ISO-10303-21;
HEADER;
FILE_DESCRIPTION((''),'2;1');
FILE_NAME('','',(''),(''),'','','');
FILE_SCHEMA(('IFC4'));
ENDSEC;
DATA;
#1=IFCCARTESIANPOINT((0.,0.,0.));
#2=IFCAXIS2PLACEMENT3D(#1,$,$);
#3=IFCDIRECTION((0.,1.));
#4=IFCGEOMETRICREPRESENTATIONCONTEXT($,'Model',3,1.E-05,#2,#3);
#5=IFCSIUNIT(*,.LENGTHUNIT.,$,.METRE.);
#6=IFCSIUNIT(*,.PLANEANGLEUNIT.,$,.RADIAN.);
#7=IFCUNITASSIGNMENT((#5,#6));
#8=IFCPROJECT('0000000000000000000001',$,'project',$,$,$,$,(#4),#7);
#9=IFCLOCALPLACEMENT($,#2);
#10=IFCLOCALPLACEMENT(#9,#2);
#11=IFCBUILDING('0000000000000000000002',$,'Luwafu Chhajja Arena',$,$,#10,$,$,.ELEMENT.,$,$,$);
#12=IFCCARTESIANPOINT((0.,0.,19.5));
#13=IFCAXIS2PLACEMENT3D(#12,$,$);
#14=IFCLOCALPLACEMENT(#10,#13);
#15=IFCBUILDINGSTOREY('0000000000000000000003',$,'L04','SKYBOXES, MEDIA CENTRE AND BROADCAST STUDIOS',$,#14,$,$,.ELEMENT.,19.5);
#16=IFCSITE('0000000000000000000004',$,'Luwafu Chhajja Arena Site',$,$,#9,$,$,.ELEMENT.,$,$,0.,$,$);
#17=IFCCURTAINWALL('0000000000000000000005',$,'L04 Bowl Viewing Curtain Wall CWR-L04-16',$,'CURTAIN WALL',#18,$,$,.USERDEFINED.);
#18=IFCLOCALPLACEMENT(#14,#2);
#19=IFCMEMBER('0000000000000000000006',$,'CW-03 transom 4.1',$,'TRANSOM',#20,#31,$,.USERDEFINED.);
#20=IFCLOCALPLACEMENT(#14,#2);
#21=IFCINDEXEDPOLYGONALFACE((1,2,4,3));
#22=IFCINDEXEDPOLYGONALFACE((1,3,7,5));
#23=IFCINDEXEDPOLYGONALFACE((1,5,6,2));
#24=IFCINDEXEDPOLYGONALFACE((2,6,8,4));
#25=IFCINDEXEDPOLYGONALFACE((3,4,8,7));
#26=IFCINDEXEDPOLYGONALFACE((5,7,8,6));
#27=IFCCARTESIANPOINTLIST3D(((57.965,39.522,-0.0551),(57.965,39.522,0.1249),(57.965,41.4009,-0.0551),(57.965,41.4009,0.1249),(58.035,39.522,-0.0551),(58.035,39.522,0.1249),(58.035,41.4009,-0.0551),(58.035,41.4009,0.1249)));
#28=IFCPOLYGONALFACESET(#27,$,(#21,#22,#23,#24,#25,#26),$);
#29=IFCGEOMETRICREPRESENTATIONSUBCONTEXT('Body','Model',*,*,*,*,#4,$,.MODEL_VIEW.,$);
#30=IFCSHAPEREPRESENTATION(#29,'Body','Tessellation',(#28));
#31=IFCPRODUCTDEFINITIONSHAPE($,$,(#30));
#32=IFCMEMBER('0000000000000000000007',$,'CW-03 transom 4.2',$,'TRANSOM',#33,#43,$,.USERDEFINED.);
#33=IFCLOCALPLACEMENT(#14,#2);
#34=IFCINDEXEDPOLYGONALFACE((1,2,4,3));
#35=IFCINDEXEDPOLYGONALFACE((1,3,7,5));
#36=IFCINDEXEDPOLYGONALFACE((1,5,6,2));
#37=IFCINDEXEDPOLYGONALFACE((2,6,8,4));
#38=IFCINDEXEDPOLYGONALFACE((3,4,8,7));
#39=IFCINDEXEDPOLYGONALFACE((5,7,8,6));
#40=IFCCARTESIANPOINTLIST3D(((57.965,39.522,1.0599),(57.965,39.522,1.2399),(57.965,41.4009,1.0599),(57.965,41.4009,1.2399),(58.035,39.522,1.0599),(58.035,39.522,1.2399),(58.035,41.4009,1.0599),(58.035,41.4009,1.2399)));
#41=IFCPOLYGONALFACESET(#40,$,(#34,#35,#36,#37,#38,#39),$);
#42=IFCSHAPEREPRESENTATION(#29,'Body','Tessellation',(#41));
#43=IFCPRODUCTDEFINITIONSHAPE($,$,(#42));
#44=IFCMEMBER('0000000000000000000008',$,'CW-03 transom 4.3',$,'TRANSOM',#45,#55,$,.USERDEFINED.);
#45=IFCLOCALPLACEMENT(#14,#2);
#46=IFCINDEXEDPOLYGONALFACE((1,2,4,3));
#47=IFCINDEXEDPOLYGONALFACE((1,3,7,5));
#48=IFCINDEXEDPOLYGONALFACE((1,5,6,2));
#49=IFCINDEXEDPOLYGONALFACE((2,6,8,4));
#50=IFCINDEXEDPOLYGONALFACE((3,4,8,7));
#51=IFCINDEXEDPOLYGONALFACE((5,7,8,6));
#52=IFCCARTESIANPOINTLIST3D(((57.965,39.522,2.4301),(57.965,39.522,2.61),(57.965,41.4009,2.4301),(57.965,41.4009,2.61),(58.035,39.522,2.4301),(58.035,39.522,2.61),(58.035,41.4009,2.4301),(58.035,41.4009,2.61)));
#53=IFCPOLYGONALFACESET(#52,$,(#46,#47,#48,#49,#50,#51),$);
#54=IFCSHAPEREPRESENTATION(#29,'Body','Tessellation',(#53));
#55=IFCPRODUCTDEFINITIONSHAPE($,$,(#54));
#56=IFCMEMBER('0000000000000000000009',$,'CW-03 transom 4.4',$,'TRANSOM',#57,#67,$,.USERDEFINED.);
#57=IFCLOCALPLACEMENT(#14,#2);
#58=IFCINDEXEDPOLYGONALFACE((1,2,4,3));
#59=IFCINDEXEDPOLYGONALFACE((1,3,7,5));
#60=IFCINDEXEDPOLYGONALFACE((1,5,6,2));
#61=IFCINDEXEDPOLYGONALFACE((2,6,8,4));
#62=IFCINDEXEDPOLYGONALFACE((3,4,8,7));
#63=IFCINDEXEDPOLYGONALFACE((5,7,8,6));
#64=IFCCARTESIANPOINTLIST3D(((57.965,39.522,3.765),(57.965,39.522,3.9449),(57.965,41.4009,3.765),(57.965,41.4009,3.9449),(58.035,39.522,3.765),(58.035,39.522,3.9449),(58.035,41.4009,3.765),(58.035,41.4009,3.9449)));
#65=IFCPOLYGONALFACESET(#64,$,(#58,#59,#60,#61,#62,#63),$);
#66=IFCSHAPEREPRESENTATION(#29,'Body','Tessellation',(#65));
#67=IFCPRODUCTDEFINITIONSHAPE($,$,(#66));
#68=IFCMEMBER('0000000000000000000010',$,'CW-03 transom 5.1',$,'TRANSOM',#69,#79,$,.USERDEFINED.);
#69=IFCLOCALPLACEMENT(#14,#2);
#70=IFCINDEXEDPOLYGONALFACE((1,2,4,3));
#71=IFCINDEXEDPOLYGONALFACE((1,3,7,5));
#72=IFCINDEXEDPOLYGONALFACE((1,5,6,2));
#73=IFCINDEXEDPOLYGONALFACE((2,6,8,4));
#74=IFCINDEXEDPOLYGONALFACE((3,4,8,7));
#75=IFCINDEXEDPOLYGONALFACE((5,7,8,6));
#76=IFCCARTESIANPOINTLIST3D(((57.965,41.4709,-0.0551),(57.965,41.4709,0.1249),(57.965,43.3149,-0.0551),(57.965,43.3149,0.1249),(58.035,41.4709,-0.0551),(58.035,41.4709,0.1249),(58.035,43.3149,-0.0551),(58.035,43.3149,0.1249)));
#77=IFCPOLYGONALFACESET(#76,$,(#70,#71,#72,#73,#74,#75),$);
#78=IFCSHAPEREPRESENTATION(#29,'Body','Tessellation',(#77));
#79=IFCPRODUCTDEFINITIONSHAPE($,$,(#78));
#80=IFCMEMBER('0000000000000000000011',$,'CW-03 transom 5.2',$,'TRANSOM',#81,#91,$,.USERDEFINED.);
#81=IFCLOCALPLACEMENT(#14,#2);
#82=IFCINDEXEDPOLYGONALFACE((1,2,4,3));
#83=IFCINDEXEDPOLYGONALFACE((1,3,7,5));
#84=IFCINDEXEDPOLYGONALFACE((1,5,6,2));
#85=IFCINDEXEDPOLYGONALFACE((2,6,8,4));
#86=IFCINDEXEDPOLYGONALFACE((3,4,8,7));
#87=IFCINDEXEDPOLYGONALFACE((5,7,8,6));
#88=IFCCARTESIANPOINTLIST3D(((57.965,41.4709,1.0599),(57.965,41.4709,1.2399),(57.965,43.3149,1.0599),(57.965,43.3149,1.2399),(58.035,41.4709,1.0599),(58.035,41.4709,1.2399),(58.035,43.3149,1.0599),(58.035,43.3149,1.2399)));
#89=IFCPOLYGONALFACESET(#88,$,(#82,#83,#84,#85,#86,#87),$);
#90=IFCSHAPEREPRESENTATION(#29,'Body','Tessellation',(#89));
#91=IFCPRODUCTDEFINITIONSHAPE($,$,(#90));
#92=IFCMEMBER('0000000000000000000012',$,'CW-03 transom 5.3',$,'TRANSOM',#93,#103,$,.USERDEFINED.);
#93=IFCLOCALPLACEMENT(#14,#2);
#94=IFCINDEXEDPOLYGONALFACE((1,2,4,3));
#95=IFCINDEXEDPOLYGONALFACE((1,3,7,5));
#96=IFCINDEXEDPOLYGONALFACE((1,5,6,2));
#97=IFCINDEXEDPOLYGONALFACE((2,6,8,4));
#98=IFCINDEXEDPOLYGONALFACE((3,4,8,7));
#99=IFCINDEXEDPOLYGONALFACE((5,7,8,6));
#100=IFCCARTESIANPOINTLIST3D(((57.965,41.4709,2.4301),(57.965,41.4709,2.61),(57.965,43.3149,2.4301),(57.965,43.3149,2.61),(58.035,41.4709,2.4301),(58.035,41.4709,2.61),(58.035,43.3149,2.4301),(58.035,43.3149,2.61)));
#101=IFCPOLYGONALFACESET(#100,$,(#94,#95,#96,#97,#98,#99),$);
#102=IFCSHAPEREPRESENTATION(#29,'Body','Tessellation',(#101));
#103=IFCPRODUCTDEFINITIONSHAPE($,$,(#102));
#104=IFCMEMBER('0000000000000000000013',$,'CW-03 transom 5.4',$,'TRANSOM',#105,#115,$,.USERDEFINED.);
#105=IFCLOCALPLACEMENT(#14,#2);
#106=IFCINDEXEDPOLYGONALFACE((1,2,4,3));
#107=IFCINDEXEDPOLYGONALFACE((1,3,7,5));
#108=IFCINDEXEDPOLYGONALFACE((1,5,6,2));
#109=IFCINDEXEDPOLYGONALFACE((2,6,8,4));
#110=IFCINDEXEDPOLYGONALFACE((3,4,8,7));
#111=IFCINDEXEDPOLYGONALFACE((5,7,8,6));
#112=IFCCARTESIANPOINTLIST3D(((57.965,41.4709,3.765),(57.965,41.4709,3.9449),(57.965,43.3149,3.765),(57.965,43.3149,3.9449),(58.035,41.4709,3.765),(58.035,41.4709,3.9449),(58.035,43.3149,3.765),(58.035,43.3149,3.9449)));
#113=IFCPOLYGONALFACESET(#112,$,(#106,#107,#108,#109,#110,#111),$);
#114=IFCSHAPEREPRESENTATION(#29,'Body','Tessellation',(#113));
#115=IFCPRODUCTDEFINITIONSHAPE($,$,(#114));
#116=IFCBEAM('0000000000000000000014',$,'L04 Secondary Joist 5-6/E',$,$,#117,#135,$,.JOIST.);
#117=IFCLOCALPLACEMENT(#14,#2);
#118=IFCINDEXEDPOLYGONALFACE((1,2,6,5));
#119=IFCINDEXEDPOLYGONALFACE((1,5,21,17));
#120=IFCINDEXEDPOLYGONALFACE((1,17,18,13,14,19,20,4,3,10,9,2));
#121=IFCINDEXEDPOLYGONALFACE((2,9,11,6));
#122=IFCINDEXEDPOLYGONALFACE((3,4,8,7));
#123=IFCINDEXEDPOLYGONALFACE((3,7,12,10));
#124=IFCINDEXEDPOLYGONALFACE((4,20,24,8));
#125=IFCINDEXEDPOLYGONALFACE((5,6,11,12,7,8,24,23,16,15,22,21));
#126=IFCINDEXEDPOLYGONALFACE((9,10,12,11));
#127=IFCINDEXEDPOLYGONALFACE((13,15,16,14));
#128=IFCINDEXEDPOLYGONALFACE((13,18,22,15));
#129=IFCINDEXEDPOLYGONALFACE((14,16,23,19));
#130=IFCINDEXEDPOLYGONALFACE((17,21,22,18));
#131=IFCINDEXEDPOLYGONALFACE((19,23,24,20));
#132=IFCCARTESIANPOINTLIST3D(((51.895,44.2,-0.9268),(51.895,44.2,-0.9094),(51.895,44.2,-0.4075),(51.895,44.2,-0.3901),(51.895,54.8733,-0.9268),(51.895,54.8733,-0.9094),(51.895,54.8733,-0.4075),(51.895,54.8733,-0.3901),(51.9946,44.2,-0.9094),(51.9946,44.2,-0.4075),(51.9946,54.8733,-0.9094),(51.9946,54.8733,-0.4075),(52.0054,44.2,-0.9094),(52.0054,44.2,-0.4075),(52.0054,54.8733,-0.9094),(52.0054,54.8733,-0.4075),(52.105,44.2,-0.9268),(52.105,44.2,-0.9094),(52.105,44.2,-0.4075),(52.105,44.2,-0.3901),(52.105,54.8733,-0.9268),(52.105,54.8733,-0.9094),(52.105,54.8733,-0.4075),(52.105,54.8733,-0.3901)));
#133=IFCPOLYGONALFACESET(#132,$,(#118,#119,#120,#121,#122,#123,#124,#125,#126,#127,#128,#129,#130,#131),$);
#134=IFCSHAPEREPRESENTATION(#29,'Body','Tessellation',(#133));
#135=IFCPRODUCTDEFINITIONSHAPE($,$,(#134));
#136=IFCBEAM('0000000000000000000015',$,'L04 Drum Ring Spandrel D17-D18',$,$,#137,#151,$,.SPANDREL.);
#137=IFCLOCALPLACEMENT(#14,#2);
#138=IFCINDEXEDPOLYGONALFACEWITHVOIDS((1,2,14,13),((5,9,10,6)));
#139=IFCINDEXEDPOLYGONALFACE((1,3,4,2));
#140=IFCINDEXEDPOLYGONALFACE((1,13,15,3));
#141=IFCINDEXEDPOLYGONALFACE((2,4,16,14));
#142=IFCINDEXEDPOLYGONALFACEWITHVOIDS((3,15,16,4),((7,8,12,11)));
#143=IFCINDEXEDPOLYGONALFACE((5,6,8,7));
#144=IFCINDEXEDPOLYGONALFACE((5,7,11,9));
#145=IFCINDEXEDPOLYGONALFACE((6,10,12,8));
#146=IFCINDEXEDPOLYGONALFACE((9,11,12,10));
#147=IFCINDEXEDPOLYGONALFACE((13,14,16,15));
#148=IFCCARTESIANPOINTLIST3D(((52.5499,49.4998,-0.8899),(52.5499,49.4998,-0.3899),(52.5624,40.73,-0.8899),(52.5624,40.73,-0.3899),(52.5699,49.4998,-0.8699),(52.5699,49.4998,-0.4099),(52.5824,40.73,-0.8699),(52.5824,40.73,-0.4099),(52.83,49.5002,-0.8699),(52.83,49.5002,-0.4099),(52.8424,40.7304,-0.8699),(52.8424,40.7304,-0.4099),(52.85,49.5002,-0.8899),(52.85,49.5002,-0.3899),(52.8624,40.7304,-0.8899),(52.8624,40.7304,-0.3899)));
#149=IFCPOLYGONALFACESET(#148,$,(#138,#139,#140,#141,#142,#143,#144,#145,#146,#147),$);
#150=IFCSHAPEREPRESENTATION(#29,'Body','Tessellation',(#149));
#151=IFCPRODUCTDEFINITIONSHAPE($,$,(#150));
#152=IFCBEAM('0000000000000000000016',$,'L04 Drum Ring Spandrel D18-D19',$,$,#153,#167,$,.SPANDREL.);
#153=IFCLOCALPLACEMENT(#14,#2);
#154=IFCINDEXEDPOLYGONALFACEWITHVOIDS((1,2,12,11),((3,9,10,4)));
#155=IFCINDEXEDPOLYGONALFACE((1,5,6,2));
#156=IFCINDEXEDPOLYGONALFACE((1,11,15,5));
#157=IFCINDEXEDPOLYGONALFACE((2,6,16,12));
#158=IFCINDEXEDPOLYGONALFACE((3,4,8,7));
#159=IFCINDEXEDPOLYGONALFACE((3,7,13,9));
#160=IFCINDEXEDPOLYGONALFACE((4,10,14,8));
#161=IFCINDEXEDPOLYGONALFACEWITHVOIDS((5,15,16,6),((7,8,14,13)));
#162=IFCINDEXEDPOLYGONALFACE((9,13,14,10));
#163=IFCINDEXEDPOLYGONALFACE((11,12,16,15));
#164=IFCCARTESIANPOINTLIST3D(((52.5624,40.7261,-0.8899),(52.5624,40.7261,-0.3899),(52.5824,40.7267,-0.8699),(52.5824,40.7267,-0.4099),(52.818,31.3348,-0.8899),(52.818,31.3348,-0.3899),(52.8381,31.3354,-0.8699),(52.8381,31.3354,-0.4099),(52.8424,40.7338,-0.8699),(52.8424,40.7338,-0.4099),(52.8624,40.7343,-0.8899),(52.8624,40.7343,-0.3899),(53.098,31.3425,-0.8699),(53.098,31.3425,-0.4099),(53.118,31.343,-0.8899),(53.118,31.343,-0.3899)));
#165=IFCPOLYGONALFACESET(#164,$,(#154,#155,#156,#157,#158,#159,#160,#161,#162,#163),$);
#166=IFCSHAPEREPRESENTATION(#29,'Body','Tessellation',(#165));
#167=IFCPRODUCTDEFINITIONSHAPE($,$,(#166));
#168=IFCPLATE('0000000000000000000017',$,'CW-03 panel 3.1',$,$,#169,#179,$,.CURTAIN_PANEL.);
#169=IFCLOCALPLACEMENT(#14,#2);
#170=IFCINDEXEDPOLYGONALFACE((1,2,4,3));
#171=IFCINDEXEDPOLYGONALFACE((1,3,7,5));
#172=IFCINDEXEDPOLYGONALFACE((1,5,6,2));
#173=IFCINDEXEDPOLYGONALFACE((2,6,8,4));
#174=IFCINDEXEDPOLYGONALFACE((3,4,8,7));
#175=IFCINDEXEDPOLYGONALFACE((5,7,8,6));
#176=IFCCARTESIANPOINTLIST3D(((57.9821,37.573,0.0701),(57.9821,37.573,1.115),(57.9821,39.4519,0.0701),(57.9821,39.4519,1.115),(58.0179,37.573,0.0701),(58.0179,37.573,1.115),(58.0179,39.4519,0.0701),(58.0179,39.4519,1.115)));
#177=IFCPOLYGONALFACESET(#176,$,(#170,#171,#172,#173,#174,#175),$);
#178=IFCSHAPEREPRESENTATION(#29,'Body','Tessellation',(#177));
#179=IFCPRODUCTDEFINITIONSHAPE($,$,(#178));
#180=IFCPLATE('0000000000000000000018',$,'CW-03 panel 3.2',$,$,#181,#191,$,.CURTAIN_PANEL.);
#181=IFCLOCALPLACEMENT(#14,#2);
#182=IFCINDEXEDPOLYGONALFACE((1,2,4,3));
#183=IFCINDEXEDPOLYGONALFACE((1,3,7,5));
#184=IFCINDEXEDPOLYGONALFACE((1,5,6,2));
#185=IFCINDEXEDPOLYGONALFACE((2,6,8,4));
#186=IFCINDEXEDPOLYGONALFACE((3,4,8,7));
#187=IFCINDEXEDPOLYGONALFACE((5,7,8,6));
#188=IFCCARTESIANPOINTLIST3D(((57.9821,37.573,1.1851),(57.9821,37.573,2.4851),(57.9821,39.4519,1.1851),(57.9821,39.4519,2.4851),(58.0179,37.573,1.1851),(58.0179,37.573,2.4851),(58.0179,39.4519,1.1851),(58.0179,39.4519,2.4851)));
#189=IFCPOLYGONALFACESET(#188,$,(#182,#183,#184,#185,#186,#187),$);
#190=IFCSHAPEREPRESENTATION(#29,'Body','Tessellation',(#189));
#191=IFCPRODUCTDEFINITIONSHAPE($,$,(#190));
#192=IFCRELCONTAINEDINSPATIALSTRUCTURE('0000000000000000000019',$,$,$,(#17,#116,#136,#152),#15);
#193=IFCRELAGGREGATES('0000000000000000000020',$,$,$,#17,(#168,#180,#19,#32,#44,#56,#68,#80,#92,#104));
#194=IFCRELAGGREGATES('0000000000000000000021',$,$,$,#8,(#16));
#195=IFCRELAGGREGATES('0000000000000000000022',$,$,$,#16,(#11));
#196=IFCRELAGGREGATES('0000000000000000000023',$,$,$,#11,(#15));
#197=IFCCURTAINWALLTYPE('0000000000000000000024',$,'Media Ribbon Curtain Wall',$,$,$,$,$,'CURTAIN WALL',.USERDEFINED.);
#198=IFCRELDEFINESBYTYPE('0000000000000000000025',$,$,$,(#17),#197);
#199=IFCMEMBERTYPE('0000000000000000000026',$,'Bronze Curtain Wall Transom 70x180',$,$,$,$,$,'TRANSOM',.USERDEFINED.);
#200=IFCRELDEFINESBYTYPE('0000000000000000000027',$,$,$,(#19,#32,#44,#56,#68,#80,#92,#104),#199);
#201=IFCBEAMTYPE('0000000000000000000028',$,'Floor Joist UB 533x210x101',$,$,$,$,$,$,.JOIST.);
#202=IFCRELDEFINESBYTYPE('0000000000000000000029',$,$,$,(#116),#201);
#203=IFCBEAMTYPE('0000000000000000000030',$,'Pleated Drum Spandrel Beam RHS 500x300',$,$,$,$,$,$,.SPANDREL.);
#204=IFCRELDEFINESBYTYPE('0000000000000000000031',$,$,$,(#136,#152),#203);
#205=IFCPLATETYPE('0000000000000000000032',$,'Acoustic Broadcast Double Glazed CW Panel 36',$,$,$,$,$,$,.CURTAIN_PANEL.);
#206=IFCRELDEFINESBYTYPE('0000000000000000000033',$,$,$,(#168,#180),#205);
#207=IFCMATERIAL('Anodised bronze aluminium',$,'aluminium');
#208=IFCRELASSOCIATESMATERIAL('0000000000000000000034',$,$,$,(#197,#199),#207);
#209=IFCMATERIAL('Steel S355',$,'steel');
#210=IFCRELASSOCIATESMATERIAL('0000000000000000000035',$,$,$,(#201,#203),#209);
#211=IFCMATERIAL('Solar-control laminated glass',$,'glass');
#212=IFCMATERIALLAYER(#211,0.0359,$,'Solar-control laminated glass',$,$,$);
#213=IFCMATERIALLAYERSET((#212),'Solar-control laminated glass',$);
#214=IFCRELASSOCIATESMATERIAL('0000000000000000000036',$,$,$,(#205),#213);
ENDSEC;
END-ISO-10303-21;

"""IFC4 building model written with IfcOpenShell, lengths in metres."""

from ifc_helpers import new_model, si_unit, direction, frame, origin, origin_2d, place, context, subcontext, project, spatial, rectangle, hollow_rectangle, i_section, extrude, material, layer, layer_set, material_profile, profile_set, type_object, element, aggregate, save


model = new_model("IFC4")

# Units and contexts
model_context = context("Model", 3, precision=1e-05, world=origin(), true_north=direction((0.0, 1.0)))
body_context = subcontext(model_context, "Body", "Model", "MODEL_VIEW")
ifc_project = project(units=[si_unit("LENGTHUNIT", "METRE"), si_unit("PLANEANGLEUNIT", "RADIAN")], contexts=[model_context])

# Site, building, storey
site_placement = place(None, origin())
site = spatial("IfcSite", under=ifc_project, at=site_placement, Name="Luwafu Chhajja Arena Site", CompositionType="ELEMENT", RefElevation=0.0)
building_placement = place(site_placement, origin())
building = spatial("IfcBuilding", under=site, at=building_placement, Name="Luwafu Chhajja Arena", CompositionType="ELEMENT")
storey_placement = place(building_placement, frame((0.0, 0.0, 19.5)))
storey = spatial("IfcBuildingStorey", under=building, at=storey_placement, Name="L04", Description="SKYBOXES, MEDIA CENTRE AND BROADCAST STUDIOS", CompositionType="ELEMENT", Elevation=19.5)

# Shared definitions
ifc_material_1 = material(Name="Steel S355", Category="steel")

# Curtain wall, members
ifc_material_2 = material(Name="Anodised bronze aluminium", Category="aluminium")
curtain_wall_type = type_object("IfcCurtainWallType", Name="Media Ribbon Curtain Wall", ElementType="CURTAIN WALL", PredefinedType="USERDEFINED", material=ifc_material_2)
curtain_wall_placement = place(storey_placement, origin())
curtain_wall = element("IfcCurtainWall", 1, at=curtain_wall_placement, inside=storey, type_object=curtain_wall_type, Name="L04 Bowl Viewing Curtain Wall CWR-L04-16", ObjectType="CURTAIN WALL", PredefinedType="USERDEFINED")
ifc_material_profile_1 = material_profile(ifc_material_2, rectangle(XDim=0.0701, YDim=0.1799, at=origin_2d()), Name="CWT 70x180")
ifc_profile_set_1 = profile_set([ifc_material_profile_1], Name="Anodised bronze aluminium")
member_type_1 = type_object("IfcMemberType", Name="Bronze Curtain Wall Transom 70x180", ElementType="TRANSOM", PredefinedType="USERDEFINED", material=ifc_profile_set_1)
member_1_placement = place(storey_placement, frame((58.0, 39.522, 0.0349), z_axis=(0.0, 1.0, 0.0), x_axis=(-1.0, 0.0, 0.0)))
member_1 = element("IfcMember", 2, at=member_1_placement, type_object=member_type_1, Name="CW-03 transom 4.1", ObjectType="TRANSOM", PredefinedType="USERDEFINED", context=body_context, shape_type="SweptSolid", body=[
    extrude(rectangle(XDim=0.0701, YDim=0.1799, at=origin_2d()), origin(), (0.0, 0.0, 1.0), 1.8789),
])
member_2_placement = place(storey_placement, frame((58.0, 39.522, 1.1499), z_axis=(0.0, 1.0, 0.0), x_axis=(-1.0, 0.0, 0.0)))
member_2 = element("IfcMember", 3, at=member_2_placement, type_object=member_type_1, Name="CW-03 transom 4.2", ObjectType="TRANSOM", PredefinedType="USERDEFINED", context=body_context, shape_type="SweptSolid", body=[
    extrude(rectangle(XDim=0.0701, YDim=0.1799, at=origin_2d()), origin(), (0.0, 0.0, 1.0), 1.8789),
])
member_3_placement = place(storey_placement, frame((58.0, 39.522, 2.52), z_axis=(0.0, 1.0, 0.0), x_axis=(-1.0, 0.0, 0.0)))
member_3 = element("IfcMember", 4, at=member_3_placement, type_object=member_type_1, Name="CW-03 transom 4.3", ObjectType="TRANSOM", PredefinedType="USERDEFINED", context=body_context, shape_type="SweptSolid", body=[
    extrude(rectangle(XDim=0.0701, YDim=0.1799, at=origin_2d()), origin(), (0.0, 0.0, 1.0), 1.8789),
])
member_4_placement = place(storey_placement, frame((58.0, 39.522, 3.855), z_axis=(0.0, 1.0, 0.0), x_axis=(-1.0, 0.0, 0.0)))
member_4 = element("IfcMember", 5, at=member_4_placement, type_object=member_type_1, Name="CW-03 transom 4.4", ObjectType="TRANSOM", PredefinedType="USERDEFINED", context=body_context, shape_type="SweptSolid", body=[
    extrude(rectangle(XDim=0.0701, YDim=0.1799, at=origin_2d()), origin(), (0.0, 0.0, 1.0), 1.8789),
])
member_5_placement = place(storey_placement, frame((58.0, 41.4709, 0.0349), z_axis=(0.0, 1.0, 0.0), x_axis=(-1.0, 0.0, 0.0)))
member_5 = element("IfcMember", 6, at=member_5_placement, type_object=member_type_1, Name="CW-03 transom 5.1", ObjectType="TRANSOM", PredefinedType="USERDEFINED", context=body_context, shape_type="SweptSolid", body=[
    extrude(rectangle(XDim=0.0701, YDim=0.1799, at=origin_2d()), origin(), (0.0, 0.0, 1.0), 1.844),
])
member_6_placement = place(storey_placement, frame((58.0, 41.4709, 1.1499), z_axis=(0.0, 1.0, 0.0), x_axis=(-1.0, 0.0, 0.0)))
member_6 = element("IfcMember", 7, at=member_6_placement, type_object=member_type_1, Name="CW-03 transom 5.2", ObjectType="TRANSOM", PredefinedType="USERDEFINED", context=body_context, shape_type="SweptSolid", body=[
    extrude(rectangle(XDim=0.0701, YDim=0.1799, at=origin_2d()), origin(), (0.0, 0.0, 1.0), 1.844),
])
member_7_placement = place(storey_placement, frame((58.0, 41.4709, 2.52), z_axis=(0.0, 1.0, 0.0), x_axis=(-1.0, 0.0, 0.0)))
member_7 = element("IfcMember", 8, at=member_7_placement, type_object=member_type_1, Name="CW-03 transom 5.3", ObjectType="TRANSOM", PredefinedType="USERDEFINED", context=body_context, shape_type="SweptSolid", body=[
    extrude(rectangle(XDim=0.0701, YDim=0.1799, at=origin_2d()), origin(), (0.0, 0.0, 1.0), 1.844),
])
member_8_placement = place(storey_placement, frame((58.0, 41.4709, 3.855), z_axis=(0.0, 1.0, 0.0), x_axis=(-1.0, 0.0, 0.0)))
member_8 = element("IfcMember", 9, at=member_8_placement, type_object=member_type_1, Name="CW-03 transom 5.4", ObjectType="TRANSOM", PredefinedType="USERDEFINED", context=body_context, shape_type="SweptSolid", body=[
    extrude(rectangle(XDim=0.0701, YDim=0.1799, at=origin_2d()), origin(), (0.0, 0.0, 1.0), 1.844),
])

# Beams
ifc_material_profile_2 = material_profile(ifc_material_1, i_section(OverallWidth=0.21, OverallDepth=0.5366, WebThickness=0.0107, FlangeThickness=0.0173, at=origin_2d()), Name="UB 533x210x101")
ifc_profile_set_2 = profile_set([ifc_material_profile_2], Name="Steel S355")
beam_type_1 = type_object("IfcBeamType", Name="Floor Joist UB 533x210x101", PredefinedType="JOIST", material=ifc_profile_set_2)
beam_1_placement = place(storey_placement, frame((52.0, 44.2, -0.6584), z_axis=(0.0, 1.0, 0.0), x_axis=(-1.0, 0.0, 0.0)))
element("IfcBeam", 10, at=beam_1_placement, inside=storey, type_object=beam_type_1, Name="L04 Secondary Joist 5-6/E", PredefinedType="JOIST", context=body_context, shape_type="SweptSolid", body=[
    extrude(i_section(OverallWidth=0.21, OverallDepth=0.5366, WebThickness=0.0107, FlangeThickness=0.0173, at=origin_2d()), origin(), (0.0, 0.0, 1.0), 10.6733),
])
ifc_material_profile_3 = material_profile(ifc_material_1, hollow_rectangle(XDim=0.3, YDim=0.5, WallThickness=0.02, at=origin_2d()), Name="RHS 500x300x20")
ifc_profile_set_3 = profile_set([ifc_material_profile_3], Name="Steel S355")
beam_type_2 = type_object("IfcBeamType", Name="Pleated Drum Spandrel Beam RHS 500x300", PredefinedType="SPANDREL", material=ifc_profile_set_3)
beam_2_placement = place(storey_placement, frame((52.7, 49.5, -0.6399), z_axis=(0.00142, -0.999999, 0.0), x_axis=(0.999999, 0.00142, 0.0)))
element("IfcBeam", 11, at=beam_2_placement, inside=storey, type_object=beam_type_2, Name="L04 Drum Ring Spandrel D17-D18", PredefinedType="SPANDREL", context=body_context, shape_type="SweptSolid", body=[
    extrude(hollow_rectangle(XDim=0.3, YDim=0.5, WallThickness=0.02, at=origin_2d()), origin(), (0.0, 0.0, 1.0), 8.7698),
])
beam_3_placement = place(storey_placement, frame((52.7124, 40.7302, -0.6399), z_axis=(0.027208, -0.99963, 0.0), x_axis=(0.99963, 0.027208, 0.0)))
element("IfcBeam", 12, at=beam_3_placement, inside=storey, type_object=beam_type_2, Name="L04 Drum Ring Spandrel D18-D19", PredefinedType="SPANDREL", context=body_context, shape_type="SweptSolid", body=[
    extrude(hollow_rectangle(XDim=0.3, YDim=0.5, WallThickness=0.02, at=origin_2d()), origin(), (0.0, 0.0, 1.0), 9.3948),
])

# Plates
ifc_material_3 = material(Name="Solar-control laminated glass", Category="glass")
ifc_layer = layer(ifc_material_3, 0.0359, Name="Solar-control laminated glass")
ifc_layer_set = layer_set([ifc_layer], Name="Solar-control laminated glass")
plate_type = type_object("IfcPlateType", Name="Acoustic Broadcast Double Glazed CW Panel 36", PredefinedType="CURTAIN_PANEL", material=ifc_layer_set)
plate_1_placement = place(storey_placement, frame((58.0, 38.5125, 0.0701), z_axis=(0.0, 0.0, 1.0), x_axis=(0.0, 1.0, 0.0)))
plate_1 = element("IfcPlate", 13, at=plate_1_placement, type_object=plate_type, Name="CW-03 panel 3.1", PredefinedType="CURTAIN_PANEL", context=body_context, shape_type="SweptSolid", body=[
    extrude(rectangle(XDim=1.8789, YDim=0.0359, at=origin_2d()), origin(), (0.0, 0.0, 1.0), 1.0449),
])
plate_2_placement = place(storey_placement, frame((58.0, 38.5125, 1.1851), z_axis=(0.0, 0.0, 1.0), x_axis=(0.0, 1.0, 0.0)))
plate_2 = element("IfcPlate", 14, at=plate_2_placement, type_object=plate_type, Name="CW-03 panel 3.2", PredefinedType="CURTAIN_PANEL", context=body_context, shape_type="SweptSolid", body=[
    extrude(rectangle(XDim=1.8789, YDim=0.0359, at=origin_2d()), origin(), (0.0, 0.0, 1.0), 1.3),
])
aggregate(curtain_wall, [plate_1, plate_2, member_1, member_2, member_3, member_4, member_5, member_6, member_7, member_8])

save(model, "model.ifc")
